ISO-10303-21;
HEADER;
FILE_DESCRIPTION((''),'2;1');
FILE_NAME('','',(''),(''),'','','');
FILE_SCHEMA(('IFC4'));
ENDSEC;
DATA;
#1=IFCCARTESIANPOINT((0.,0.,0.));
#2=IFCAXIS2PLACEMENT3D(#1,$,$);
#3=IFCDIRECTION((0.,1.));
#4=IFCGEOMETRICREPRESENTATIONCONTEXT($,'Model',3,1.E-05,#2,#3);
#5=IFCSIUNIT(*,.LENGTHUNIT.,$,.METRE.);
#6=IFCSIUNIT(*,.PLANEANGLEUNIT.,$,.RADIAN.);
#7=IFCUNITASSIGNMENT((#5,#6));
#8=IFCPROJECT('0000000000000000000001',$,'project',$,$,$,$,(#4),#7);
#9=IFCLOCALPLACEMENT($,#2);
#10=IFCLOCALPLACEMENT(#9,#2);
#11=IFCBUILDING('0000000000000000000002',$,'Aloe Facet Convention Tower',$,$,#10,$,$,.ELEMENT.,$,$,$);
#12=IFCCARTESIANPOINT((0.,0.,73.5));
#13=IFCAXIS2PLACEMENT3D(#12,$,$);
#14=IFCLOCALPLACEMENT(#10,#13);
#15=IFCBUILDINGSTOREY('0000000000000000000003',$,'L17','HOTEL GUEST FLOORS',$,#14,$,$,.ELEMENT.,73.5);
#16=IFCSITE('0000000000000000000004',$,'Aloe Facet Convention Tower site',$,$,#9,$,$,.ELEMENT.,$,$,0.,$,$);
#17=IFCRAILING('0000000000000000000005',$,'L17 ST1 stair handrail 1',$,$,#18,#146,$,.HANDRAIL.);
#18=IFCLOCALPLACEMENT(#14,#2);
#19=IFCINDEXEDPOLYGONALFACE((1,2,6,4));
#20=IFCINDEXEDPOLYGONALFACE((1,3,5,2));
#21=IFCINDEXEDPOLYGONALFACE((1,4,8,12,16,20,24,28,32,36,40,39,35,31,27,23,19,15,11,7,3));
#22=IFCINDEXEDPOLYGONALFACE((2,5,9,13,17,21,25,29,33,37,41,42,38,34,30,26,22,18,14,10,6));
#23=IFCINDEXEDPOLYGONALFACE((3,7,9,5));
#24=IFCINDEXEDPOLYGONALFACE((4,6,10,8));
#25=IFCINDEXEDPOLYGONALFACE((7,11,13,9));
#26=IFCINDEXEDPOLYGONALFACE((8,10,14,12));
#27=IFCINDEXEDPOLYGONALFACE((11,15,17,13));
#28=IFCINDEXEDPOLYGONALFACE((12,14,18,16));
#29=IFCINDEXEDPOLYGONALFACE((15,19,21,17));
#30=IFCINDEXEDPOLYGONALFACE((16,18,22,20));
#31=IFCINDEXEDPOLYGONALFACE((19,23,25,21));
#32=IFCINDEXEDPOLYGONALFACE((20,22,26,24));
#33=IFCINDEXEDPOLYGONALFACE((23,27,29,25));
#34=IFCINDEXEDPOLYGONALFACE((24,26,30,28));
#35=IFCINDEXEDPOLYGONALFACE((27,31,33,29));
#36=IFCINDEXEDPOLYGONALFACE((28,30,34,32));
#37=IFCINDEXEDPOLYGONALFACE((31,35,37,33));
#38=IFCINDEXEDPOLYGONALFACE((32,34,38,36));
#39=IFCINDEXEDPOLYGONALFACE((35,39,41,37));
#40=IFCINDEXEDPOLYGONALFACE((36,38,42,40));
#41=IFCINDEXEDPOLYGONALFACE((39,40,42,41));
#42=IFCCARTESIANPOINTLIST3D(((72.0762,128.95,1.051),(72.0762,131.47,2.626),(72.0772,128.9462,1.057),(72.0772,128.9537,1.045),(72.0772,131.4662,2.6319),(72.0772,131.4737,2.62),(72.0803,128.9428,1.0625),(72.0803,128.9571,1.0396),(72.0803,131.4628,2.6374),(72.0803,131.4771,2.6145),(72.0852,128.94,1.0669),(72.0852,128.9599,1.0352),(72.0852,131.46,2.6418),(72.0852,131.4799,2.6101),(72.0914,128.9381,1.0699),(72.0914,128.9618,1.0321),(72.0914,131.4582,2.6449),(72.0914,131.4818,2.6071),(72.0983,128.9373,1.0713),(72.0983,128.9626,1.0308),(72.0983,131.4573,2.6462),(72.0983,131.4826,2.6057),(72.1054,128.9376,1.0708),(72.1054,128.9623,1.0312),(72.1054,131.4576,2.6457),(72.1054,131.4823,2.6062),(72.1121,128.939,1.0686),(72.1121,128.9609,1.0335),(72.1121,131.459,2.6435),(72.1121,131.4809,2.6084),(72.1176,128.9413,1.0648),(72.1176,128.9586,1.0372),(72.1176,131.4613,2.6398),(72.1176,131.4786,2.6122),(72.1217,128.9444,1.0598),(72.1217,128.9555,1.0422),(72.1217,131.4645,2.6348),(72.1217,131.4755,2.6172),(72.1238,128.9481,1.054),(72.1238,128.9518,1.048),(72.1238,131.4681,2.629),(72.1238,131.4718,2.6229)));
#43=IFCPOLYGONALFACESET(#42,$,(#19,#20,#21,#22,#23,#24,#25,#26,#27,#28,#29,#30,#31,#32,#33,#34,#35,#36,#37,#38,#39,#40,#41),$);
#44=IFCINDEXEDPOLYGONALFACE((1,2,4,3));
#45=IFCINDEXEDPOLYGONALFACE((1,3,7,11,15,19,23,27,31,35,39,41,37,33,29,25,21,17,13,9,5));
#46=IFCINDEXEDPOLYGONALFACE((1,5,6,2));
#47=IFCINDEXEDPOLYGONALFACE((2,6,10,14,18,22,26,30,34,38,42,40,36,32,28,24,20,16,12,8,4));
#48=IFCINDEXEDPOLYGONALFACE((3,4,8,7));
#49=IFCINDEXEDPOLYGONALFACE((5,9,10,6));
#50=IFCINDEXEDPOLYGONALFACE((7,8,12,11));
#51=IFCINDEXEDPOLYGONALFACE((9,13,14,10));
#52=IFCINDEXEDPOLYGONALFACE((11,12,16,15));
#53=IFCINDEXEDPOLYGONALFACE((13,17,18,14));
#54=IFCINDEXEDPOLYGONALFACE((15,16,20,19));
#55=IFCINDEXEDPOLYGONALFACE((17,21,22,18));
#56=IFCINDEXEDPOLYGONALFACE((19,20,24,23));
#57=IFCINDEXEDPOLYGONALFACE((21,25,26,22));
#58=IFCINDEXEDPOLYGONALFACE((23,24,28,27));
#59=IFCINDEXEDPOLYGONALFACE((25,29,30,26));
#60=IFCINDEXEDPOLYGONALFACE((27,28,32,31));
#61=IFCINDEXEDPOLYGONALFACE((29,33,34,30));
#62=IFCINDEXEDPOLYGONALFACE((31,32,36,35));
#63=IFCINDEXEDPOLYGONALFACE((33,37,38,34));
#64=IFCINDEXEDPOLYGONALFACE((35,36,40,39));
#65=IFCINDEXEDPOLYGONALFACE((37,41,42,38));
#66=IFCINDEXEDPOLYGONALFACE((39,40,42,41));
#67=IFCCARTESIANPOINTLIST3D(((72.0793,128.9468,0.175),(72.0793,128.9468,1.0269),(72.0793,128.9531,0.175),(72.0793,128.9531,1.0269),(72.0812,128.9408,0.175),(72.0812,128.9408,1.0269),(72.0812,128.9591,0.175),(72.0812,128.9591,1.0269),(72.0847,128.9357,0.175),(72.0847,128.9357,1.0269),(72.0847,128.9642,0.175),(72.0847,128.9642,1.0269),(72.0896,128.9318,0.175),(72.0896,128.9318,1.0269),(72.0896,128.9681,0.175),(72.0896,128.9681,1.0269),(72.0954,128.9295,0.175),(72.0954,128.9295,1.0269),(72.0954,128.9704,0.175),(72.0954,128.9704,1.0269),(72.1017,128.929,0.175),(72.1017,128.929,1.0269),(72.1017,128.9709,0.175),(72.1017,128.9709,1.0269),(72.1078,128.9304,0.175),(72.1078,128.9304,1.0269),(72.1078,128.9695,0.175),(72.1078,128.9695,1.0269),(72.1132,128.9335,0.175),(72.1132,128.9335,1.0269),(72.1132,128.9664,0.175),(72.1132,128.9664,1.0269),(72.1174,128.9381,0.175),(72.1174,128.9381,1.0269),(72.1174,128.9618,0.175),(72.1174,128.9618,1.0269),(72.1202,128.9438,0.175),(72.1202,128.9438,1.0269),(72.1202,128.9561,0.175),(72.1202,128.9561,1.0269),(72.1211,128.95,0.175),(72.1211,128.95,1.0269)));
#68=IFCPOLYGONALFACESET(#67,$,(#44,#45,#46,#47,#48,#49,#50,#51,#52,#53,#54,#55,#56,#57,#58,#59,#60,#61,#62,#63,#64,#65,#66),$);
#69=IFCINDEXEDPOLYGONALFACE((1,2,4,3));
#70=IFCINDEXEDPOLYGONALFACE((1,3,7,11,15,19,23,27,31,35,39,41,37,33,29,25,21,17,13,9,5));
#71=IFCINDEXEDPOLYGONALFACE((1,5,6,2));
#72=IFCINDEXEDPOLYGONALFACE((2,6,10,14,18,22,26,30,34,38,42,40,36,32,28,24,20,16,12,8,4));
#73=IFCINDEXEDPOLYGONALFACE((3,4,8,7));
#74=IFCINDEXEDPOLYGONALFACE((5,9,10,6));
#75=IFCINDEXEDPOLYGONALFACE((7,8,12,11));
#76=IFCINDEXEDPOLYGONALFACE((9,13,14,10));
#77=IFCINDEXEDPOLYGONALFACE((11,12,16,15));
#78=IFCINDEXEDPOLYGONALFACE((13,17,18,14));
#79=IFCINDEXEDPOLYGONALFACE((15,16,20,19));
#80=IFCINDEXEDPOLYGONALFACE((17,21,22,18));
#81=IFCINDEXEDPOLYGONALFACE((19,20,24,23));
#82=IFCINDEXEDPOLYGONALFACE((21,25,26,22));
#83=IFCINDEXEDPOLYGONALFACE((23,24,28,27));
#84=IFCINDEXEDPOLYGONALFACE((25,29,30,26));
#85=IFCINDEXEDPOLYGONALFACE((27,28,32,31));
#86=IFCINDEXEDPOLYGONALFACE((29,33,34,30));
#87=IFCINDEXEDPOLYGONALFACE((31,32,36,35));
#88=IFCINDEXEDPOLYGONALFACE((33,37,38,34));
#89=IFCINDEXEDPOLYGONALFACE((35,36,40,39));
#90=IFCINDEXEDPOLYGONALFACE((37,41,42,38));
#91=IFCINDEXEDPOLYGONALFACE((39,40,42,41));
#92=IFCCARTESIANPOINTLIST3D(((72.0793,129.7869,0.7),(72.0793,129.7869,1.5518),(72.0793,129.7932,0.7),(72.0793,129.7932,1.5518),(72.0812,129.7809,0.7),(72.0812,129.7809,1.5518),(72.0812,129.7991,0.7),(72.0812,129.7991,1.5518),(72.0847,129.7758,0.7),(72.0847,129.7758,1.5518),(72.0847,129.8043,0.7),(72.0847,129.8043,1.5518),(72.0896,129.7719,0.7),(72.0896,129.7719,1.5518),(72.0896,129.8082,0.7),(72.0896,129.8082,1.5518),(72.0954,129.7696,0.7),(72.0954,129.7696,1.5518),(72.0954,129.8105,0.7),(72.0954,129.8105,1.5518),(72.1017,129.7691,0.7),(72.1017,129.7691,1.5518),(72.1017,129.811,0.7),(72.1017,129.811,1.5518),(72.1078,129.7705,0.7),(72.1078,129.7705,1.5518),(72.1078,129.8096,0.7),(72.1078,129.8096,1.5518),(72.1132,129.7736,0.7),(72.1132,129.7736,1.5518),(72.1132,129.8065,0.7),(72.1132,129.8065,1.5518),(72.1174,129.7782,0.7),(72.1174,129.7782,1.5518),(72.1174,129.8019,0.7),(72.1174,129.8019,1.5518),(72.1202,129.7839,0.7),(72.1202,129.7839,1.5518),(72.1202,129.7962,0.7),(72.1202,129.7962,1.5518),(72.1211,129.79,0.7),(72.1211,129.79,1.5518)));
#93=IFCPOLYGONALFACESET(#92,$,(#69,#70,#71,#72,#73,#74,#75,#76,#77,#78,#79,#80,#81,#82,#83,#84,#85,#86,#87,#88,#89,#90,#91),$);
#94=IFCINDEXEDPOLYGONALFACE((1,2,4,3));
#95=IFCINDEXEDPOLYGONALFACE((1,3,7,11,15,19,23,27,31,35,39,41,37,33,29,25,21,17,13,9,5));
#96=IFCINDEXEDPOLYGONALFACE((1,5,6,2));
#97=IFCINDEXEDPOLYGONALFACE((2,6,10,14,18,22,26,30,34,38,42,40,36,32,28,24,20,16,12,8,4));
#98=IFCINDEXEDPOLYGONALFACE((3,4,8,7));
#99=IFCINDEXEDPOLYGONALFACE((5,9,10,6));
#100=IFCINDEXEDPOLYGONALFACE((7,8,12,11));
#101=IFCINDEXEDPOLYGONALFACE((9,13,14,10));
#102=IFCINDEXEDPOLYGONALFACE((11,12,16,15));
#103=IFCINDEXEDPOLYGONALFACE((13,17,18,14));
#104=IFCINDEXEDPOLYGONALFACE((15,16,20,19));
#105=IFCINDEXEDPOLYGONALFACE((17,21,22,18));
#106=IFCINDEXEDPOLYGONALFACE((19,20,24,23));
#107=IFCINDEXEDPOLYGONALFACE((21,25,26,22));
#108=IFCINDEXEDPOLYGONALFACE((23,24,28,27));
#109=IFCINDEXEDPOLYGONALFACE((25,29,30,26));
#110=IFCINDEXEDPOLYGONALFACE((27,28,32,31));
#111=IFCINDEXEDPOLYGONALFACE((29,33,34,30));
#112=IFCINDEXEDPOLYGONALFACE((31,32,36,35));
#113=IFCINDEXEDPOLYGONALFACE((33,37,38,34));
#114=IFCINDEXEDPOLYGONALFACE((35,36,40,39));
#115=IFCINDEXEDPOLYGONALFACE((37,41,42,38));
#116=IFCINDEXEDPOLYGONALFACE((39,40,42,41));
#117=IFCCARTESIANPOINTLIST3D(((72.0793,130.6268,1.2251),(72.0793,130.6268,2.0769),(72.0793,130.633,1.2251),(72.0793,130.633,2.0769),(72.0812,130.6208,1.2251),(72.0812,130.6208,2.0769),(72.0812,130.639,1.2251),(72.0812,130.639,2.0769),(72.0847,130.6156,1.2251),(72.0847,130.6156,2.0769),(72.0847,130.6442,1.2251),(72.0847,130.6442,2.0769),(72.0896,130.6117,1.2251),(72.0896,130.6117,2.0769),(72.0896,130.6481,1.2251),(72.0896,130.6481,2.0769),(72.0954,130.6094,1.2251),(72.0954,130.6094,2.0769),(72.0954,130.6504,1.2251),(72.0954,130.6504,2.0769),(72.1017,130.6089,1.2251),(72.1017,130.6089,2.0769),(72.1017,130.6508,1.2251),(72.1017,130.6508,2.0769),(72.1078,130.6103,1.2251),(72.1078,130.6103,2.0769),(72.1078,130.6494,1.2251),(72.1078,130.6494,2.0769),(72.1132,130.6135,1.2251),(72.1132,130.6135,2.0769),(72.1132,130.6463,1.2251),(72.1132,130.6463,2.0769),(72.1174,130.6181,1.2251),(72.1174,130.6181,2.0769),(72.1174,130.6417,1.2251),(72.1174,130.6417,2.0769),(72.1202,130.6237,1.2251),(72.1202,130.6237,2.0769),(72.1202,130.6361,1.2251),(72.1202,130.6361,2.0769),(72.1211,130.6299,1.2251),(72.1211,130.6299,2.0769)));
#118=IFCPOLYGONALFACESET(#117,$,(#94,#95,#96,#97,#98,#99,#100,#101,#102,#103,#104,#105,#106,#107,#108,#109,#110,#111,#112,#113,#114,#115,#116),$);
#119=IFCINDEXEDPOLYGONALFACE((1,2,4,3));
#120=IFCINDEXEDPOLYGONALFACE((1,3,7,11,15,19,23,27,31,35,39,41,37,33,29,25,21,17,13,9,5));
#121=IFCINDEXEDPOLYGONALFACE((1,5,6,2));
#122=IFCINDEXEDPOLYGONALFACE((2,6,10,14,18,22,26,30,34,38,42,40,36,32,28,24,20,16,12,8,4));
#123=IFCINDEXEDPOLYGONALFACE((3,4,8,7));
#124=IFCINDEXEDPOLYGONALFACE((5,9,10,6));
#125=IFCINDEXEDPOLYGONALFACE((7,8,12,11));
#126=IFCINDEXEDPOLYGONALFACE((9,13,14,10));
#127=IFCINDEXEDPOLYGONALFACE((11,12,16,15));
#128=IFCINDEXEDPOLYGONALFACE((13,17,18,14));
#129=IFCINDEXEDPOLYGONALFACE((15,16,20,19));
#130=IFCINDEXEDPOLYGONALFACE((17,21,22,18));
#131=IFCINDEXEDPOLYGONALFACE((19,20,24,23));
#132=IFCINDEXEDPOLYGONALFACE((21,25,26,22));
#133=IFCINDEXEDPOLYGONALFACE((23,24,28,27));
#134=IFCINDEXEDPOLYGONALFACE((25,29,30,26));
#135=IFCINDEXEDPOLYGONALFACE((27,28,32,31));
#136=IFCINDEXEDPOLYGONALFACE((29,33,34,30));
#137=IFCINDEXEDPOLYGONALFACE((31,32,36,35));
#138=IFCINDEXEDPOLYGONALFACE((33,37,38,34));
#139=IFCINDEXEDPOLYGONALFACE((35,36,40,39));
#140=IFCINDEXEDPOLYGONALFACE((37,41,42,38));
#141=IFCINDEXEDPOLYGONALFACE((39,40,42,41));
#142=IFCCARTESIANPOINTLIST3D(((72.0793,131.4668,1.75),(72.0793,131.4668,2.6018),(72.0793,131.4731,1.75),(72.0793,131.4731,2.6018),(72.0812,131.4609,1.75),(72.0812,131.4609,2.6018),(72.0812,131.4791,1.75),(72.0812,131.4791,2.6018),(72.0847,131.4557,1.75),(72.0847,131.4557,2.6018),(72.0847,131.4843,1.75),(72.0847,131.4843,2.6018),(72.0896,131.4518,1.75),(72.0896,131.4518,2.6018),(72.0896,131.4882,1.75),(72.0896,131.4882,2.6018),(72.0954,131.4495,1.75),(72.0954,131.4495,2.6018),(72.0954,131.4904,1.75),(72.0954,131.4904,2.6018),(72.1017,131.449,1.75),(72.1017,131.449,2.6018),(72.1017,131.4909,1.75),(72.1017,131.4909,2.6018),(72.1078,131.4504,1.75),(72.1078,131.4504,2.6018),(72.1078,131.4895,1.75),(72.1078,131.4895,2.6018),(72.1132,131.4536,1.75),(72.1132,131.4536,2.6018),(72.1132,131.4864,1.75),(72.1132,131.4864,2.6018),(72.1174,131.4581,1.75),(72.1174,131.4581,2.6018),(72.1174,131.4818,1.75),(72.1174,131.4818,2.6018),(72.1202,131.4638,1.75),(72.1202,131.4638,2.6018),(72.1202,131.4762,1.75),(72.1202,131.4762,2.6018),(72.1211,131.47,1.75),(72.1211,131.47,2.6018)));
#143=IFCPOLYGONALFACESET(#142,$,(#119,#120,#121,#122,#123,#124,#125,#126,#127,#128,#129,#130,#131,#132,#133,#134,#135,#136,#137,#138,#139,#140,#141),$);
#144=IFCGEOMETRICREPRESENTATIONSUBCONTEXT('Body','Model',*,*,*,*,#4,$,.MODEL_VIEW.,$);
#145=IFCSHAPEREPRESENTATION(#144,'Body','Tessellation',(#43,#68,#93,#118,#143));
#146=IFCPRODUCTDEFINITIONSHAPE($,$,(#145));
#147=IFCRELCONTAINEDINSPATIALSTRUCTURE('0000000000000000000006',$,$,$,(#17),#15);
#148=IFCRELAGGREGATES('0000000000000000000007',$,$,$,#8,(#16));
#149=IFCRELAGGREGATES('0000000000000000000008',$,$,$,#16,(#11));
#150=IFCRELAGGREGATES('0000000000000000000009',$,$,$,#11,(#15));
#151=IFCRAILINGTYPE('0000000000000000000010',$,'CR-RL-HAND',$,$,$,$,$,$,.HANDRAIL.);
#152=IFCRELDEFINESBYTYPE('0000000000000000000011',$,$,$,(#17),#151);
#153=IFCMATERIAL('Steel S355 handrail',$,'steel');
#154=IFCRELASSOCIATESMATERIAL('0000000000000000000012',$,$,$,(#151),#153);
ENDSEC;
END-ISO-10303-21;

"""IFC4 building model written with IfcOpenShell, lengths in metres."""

from ifc_helpers import new_model, si_unit, direction, frame, origin, origin_2d, place, context, subcontext, project, spatial, circle, extrude, material, type_object, element, save


model = new_model("IFC4")

# Units and contexts
model_context = context("Model", 3, precision=1e-05, world=origin(), true_north=direction((0.0, 1.0)))
body_context = subcontext(model_context, "Body", "Model", "MODEL_VIEW")
ifc_project = project(units=[si_unit("LENGTHUNIT", "METRE"), si_unit("PLANEANGLEUNIT", "RADIAN")], contexts=[model_context])

# Site, building, storey
site_placement = place(None, origin())
site = spatial("IfcSite", under=ifc_project, at=site_placement, Name="Aloe Facet Convention Tower site", CompositionType="ELEMENT", RefElevation=0.0)
building_placement = place(site_placement, origin())
building = spatial("IfcBuilding", under=site, at=building_placement, Name="Aloe Facet Convention Tower", CompositionType="ELEMENT")
storey_placement = place(building_placement, frame((0.0, 0.0, 73.5)))
storey = spatial("IfcBuildingStorey", under=building, at=storey_placement, Name="L17", Description="HOTEL GUEST FLOORS", CompositionType="ELEMENT", Elevation=73.5)

# Railing
ifc_material_1 = material(Name="Steel S355 handrail", Category="steel")
railing_type_1 = type_object("IfcRailingType", Name="CR-RL-HAND", PredefinedType="HANDRAIL", material=ifc_material_1)
railing_1_placement = place(storey_placement, frame((72.1001, 128.95, 0.175)))
element("IfcRailing", 1, at=railing_1_placement, inside=storey, type_object=railing_type_1, Name="L17 ST1 stair handrail 1", PredefinedType="HANDRAIL", context=body_context, shape_type="SweptSolid", body=[
    extrude(circle(Radius=0.0239, at=origin_2d()), frame((0.0, 0.0, 0.876), z_axis=(0.0, 0.848008, 0.529984), x_axis=(-1.0, 0.0, 0.0)), (0.0, 0.0, 1.0), 2.9717),
    extrude(circle(Radius=0.021, at=origin_2d()), origin(), (0.0, 0.0, 1.0), 0.8518),
    extrude(circle(Radius=0.021, at=origin_2d()), frame((0.0, 0.8401, 0.5249)), (0.0, 0.0, 1.0), 0.8518),
    extrude(circle(Radius=0.021, at=origin_2d()), frame((0.0, 1.6799, 1.05)), (0.0, 0.0, 1.0), 0.8518),
    extrude(circle(Radius=0.021, at=origin_2d()), frame((0.0, 2.52, 1.575)), (0.0, 0.0, 1.0), 0.8518),
])

save(model, "model.ifc")
